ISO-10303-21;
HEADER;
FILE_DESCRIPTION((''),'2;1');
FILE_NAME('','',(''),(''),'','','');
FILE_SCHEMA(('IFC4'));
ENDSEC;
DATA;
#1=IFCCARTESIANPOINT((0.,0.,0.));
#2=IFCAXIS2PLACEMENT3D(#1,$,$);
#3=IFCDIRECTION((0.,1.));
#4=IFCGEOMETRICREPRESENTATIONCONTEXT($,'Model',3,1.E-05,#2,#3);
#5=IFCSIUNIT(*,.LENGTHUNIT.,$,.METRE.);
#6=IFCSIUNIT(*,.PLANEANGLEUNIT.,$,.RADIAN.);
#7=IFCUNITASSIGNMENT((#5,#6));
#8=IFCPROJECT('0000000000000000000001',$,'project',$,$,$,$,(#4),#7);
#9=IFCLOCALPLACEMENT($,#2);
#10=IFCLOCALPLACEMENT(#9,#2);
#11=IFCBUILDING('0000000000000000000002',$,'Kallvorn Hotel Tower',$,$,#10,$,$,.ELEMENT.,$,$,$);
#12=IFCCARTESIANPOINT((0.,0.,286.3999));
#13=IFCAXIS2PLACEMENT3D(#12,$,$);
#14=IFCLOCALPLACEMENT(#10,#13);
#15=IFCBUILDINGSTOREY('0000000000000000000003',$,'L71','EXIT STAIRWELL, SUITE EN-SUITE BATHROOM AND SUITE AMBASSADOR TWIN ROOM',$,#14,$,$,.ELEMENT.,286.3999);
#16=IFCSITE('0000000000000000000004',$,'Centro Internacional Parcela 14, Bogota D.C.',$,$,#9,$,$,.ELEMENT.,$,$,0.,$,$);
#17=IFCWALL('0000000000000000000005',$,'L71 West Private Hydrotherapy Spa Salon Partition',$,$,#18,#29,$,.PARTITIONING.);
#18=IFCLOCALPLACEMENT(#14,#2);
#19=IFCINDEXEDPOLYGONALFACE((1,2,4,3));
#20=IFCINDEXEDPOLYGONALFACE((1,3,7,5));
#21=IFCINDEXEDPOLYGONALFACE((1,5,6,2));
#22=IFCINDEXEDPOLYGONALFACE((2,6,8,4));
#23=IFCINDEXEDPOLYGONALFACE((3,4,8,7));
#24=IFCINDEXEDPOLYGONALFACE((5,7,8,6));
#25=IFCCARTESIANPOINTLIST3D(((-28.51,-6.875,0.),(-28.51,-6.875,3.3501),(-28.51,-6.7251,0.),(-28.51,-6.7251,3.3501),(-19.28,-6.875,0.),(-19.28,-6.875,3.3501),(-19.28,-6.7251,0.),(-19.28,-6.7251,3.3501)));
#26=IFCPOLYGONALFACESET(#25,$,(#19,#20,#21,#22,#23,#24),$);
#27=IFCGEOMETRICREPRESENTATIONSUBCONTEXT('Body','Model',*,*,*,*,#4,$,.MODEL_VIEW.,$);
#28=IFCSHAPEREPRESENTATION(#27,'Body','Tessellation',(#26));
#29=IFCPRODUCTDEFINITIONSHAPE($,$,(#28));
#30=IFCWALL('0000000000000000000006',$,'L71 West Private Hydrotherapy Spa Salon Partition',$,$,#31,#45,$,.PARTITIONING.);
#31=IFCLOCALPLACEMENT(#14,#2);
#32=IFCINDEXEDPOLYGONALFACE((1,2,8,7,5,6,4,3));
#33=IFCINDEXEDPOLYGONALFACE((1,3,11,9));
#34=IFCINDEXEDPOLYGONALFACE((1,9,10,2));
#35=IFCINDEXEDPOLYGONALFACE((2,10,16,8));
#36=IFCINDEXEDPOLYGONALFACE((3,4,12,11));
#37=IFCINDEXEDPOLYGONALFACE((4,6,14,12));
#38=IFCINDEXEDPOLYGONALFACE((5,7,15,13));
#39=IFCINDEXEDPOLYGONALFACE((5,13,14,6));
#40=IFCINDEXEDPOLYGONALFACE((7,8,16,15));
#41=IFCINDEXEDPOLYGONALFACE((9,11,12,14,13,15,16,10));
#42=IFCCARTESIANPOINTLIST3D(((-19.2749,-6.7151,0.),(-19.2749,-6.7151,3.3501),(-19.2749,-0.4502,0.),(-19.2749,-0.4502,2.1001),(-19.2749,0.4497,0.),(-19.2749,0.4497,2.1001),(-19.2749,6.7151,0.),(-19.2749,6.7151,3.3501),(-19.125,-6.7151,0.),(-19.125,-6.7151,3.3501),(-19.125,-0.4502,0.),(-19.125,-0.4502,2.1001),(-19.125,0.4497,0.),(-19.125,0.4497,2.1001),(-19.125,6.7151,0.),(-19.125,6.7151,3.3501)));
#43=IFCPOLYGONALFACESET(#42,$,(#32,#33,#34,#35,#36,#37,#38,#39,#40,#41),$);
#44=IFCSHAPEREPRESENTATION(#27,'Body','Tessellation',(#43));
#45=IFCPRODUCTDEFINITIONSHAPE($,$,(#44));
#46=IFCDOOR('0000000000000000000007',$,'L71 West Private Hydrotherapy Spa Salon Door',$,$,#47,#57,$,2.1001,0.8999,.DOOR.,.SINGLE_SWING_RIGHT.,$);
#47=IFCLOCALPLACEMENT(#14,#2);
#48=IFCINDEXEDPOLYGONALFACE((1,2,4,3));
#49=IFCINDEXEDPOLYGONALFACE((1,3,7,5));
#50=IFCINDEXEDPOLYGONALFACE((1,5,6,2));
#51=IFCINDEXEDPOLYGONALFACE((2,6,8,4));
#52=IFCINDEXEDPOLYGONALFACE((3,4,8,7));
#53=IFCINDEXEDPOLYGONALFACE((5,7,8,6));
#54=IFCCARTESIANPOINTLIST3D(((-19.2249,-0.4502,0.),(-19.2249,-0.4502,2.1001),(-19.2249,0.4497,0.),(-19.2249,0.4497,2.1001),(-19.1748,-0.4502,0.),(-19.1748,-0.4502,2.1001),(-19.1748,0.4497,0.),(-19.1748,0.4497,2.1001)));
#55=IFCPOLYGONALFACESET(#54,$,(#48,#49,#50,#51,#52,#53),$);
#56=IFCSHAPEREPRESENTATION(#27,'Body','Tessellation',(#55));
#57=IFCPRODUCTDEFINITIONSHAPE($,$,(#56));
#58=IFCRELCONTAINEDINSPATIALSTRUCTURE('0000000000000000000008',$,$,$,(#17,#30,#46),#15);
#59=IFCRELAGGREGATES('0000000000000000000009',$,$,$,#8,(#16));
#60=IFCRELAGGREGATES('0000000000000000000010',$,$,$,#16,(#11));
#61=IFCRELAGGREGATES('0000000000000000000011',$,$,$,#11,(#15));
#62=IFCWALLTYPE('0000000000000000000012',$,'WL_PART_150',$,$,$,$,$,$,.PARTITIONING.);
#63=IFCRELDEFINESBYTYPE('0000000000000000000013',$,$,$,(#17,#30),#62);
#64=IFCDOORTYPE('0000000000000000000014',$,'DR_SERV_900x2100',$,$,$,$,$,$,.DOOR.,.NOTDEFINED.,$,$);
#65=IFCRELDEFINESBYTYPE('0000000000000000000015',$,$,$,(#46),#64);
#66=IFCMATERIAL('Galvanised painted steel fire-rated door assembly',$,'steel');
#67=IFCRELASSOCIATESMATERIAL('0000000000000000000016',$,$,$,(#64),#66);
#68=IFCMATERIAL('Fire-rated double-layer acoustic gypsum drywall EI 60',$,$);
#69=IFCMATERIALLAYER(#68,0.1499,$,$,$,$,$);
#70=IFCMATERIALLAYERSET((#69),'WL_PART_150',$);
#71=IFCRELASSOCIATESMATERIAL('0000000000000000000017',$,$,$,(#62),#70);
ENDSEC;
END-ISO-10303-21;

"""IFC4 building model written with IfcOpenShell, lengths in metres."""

from ifc_helpers import new_model, si_unit, direction, frame, frame_2d, origin, place, context, subcontext, project, spatial, rectangle, extrude, material, layer, layer_set, type_object, element, fill, save


model = new_model("IFC4")

# Units and contexts
model_context = context("Model", 3, precision=1e-05, world=origin(), true_north=direction((0.0, 1.0)))
body_context = subcontext(model_context, "Body", "Model", "MODEL_VIEW")
ifc_project = project(units=[si_unit("LENGTHUNIT", "METRE"), si_unit("PLANEANGLEUNIT", "RADIAN")], contexts=[model_context])

# Site, building, storey
site_placement = place(None, origin())
site = spatial("IfcSite", under=ifc_project, at=site_placement, Name="Centro Internacional Parcela 14, Bogota D.C.", CompositionType="ELEMENT", RefElevation=0.0)
building_placement = place(site_placement, origin())
building = spatial("IfcBuilding", under=site, at=building_placement, Name="Kallvorn Hotel Tower", CompositionType="ELEMENT")
storey_placement = place(building_placement, frame((0.0, 0.0, 286.3999)))
storey = spatial("IfcBuildingStorey", under=building, at=storey_placement, Name="L71", Description="EXIT STAIRWELL, SUITE EN-SUITE BATHROOM AND SUITE AMBASSADOR TWIN ROOM", CompositionType="ELEMENT", Elevation=286.3999)

# Shared definitions
ifc_material_1 = material(Name="Galvanised painted steel fire-rated door assembly", Category="steel")
door_type_1 = type_object("IfcDoorType", Name="DR_SERV_900x2100", OperationType="NOTDEFINED", PredefinedType="DOOR", material=ifc_material_1)

# Wall
ifc_material_2 = material(Name="Fire-rated double-layer acoustic gypsum drywall EI 60")
ifc_layer_1 = layer(ifc_material_2, 0.1499)
ifc_layer_set_1 = layer_set([ifc_layer_1], Name="WL_PART_150")
wall_type_1 = type_object("IfcWallType", Name="WL_PART_150", PredefinedType="PARTITIONING", material=ifc_layer_set_1)
wall_1_placement = place(storey_placement, frame((-28.51, -6.8, 0.0), z_axis=(0.0, 0.0, 1.0), x_axis=(1.0, 0.0, 0.0)))
element("IfcWall", 1, at=wall_1_placement, inside=storey, type_object=wall_type_1, Name="L71 West Private Hydrotherapy Spa Salon Partition", PredefinedType="PARTITIONING", context=body_context, shape_type="SweptSolid", body=[
    extrude(rectangle(XDim=9.23, YDim=0.1499, at=frame_2d((4.615, 0.0))), origin(), (0.0, 0.0, 1.0), 3.3501),
])

# Wall, opening, door
wall_2_placement = place(storey_placement, frame((-19.2, -6.7151, 0.0), z_axis=(0.0, 0.0, 1.0), x_axis=(0.0, 1.0, 0.0)))
wall_2 = element("IfcWall", 2, at=wall_2_placement, inside=storey, type_object=wall_type_1, Name="L71 West Private Hydrotherapy Spa Salon Partition", PredefinedType="PARTITIONING", context=body_context, shape_type="SweptSolid", body=[
    extrude(rectangle(XDim=13.4302, YDim=0.1499, at=frame_2d((6.7151, 0.0))), origin(), (0.0, 0.0, 1.0), 3.3501),
])
opening_1_placement = place(wall_2_placement, frame((6.2649, 0.0, 0.0)))
opening_1 = element("IfcOpeningElement", 3, at=opening_1_placement, cuts=wall_2, PredefinedType="OPENING", context=body_context, shape_type="SweptSolid", body=[
    extrude(rectangle(XDim=0.8999, YDim=2.1001, at=frame_2d((0.45, 1.05))), frame((0.0, 0.0898, 0.0), z_axis=(0.0, -1.0, 0.0), x_axis=(1.0, 0.0, 0.0)), (0.0, 0.0, 1.0), 0.1799),
])
door_1_placement = place(opening_1_placement, origin())
door_1 = element("IfcDoor", 4, at=door_1_placement, inside=storey, type_object=door_type_1, Name="L71 West Private Hydrotherapy Spa Salon Door", OperationType="SINGLE_SWING_RIGHT", OverallHeight=2.1001, OverallWidth=0.8999, PredefinedType="DOOR", context=body_context, shape_type="SweptSolid", body=[
    extrude(rectangle(XDim=0.8999, YDim=2.1001, at=frame_2d((0.45, 1.05))), frame((0.0, 0.0249, 0.0), z_axis=(0.0, -1.0, 0.0), x_axis=(1.0, 0.0, 0.0)), (0.0, 0.0, 1.0), 0.05),
])
fill(opening_1, door_1)

save(model, "model.ifc")
